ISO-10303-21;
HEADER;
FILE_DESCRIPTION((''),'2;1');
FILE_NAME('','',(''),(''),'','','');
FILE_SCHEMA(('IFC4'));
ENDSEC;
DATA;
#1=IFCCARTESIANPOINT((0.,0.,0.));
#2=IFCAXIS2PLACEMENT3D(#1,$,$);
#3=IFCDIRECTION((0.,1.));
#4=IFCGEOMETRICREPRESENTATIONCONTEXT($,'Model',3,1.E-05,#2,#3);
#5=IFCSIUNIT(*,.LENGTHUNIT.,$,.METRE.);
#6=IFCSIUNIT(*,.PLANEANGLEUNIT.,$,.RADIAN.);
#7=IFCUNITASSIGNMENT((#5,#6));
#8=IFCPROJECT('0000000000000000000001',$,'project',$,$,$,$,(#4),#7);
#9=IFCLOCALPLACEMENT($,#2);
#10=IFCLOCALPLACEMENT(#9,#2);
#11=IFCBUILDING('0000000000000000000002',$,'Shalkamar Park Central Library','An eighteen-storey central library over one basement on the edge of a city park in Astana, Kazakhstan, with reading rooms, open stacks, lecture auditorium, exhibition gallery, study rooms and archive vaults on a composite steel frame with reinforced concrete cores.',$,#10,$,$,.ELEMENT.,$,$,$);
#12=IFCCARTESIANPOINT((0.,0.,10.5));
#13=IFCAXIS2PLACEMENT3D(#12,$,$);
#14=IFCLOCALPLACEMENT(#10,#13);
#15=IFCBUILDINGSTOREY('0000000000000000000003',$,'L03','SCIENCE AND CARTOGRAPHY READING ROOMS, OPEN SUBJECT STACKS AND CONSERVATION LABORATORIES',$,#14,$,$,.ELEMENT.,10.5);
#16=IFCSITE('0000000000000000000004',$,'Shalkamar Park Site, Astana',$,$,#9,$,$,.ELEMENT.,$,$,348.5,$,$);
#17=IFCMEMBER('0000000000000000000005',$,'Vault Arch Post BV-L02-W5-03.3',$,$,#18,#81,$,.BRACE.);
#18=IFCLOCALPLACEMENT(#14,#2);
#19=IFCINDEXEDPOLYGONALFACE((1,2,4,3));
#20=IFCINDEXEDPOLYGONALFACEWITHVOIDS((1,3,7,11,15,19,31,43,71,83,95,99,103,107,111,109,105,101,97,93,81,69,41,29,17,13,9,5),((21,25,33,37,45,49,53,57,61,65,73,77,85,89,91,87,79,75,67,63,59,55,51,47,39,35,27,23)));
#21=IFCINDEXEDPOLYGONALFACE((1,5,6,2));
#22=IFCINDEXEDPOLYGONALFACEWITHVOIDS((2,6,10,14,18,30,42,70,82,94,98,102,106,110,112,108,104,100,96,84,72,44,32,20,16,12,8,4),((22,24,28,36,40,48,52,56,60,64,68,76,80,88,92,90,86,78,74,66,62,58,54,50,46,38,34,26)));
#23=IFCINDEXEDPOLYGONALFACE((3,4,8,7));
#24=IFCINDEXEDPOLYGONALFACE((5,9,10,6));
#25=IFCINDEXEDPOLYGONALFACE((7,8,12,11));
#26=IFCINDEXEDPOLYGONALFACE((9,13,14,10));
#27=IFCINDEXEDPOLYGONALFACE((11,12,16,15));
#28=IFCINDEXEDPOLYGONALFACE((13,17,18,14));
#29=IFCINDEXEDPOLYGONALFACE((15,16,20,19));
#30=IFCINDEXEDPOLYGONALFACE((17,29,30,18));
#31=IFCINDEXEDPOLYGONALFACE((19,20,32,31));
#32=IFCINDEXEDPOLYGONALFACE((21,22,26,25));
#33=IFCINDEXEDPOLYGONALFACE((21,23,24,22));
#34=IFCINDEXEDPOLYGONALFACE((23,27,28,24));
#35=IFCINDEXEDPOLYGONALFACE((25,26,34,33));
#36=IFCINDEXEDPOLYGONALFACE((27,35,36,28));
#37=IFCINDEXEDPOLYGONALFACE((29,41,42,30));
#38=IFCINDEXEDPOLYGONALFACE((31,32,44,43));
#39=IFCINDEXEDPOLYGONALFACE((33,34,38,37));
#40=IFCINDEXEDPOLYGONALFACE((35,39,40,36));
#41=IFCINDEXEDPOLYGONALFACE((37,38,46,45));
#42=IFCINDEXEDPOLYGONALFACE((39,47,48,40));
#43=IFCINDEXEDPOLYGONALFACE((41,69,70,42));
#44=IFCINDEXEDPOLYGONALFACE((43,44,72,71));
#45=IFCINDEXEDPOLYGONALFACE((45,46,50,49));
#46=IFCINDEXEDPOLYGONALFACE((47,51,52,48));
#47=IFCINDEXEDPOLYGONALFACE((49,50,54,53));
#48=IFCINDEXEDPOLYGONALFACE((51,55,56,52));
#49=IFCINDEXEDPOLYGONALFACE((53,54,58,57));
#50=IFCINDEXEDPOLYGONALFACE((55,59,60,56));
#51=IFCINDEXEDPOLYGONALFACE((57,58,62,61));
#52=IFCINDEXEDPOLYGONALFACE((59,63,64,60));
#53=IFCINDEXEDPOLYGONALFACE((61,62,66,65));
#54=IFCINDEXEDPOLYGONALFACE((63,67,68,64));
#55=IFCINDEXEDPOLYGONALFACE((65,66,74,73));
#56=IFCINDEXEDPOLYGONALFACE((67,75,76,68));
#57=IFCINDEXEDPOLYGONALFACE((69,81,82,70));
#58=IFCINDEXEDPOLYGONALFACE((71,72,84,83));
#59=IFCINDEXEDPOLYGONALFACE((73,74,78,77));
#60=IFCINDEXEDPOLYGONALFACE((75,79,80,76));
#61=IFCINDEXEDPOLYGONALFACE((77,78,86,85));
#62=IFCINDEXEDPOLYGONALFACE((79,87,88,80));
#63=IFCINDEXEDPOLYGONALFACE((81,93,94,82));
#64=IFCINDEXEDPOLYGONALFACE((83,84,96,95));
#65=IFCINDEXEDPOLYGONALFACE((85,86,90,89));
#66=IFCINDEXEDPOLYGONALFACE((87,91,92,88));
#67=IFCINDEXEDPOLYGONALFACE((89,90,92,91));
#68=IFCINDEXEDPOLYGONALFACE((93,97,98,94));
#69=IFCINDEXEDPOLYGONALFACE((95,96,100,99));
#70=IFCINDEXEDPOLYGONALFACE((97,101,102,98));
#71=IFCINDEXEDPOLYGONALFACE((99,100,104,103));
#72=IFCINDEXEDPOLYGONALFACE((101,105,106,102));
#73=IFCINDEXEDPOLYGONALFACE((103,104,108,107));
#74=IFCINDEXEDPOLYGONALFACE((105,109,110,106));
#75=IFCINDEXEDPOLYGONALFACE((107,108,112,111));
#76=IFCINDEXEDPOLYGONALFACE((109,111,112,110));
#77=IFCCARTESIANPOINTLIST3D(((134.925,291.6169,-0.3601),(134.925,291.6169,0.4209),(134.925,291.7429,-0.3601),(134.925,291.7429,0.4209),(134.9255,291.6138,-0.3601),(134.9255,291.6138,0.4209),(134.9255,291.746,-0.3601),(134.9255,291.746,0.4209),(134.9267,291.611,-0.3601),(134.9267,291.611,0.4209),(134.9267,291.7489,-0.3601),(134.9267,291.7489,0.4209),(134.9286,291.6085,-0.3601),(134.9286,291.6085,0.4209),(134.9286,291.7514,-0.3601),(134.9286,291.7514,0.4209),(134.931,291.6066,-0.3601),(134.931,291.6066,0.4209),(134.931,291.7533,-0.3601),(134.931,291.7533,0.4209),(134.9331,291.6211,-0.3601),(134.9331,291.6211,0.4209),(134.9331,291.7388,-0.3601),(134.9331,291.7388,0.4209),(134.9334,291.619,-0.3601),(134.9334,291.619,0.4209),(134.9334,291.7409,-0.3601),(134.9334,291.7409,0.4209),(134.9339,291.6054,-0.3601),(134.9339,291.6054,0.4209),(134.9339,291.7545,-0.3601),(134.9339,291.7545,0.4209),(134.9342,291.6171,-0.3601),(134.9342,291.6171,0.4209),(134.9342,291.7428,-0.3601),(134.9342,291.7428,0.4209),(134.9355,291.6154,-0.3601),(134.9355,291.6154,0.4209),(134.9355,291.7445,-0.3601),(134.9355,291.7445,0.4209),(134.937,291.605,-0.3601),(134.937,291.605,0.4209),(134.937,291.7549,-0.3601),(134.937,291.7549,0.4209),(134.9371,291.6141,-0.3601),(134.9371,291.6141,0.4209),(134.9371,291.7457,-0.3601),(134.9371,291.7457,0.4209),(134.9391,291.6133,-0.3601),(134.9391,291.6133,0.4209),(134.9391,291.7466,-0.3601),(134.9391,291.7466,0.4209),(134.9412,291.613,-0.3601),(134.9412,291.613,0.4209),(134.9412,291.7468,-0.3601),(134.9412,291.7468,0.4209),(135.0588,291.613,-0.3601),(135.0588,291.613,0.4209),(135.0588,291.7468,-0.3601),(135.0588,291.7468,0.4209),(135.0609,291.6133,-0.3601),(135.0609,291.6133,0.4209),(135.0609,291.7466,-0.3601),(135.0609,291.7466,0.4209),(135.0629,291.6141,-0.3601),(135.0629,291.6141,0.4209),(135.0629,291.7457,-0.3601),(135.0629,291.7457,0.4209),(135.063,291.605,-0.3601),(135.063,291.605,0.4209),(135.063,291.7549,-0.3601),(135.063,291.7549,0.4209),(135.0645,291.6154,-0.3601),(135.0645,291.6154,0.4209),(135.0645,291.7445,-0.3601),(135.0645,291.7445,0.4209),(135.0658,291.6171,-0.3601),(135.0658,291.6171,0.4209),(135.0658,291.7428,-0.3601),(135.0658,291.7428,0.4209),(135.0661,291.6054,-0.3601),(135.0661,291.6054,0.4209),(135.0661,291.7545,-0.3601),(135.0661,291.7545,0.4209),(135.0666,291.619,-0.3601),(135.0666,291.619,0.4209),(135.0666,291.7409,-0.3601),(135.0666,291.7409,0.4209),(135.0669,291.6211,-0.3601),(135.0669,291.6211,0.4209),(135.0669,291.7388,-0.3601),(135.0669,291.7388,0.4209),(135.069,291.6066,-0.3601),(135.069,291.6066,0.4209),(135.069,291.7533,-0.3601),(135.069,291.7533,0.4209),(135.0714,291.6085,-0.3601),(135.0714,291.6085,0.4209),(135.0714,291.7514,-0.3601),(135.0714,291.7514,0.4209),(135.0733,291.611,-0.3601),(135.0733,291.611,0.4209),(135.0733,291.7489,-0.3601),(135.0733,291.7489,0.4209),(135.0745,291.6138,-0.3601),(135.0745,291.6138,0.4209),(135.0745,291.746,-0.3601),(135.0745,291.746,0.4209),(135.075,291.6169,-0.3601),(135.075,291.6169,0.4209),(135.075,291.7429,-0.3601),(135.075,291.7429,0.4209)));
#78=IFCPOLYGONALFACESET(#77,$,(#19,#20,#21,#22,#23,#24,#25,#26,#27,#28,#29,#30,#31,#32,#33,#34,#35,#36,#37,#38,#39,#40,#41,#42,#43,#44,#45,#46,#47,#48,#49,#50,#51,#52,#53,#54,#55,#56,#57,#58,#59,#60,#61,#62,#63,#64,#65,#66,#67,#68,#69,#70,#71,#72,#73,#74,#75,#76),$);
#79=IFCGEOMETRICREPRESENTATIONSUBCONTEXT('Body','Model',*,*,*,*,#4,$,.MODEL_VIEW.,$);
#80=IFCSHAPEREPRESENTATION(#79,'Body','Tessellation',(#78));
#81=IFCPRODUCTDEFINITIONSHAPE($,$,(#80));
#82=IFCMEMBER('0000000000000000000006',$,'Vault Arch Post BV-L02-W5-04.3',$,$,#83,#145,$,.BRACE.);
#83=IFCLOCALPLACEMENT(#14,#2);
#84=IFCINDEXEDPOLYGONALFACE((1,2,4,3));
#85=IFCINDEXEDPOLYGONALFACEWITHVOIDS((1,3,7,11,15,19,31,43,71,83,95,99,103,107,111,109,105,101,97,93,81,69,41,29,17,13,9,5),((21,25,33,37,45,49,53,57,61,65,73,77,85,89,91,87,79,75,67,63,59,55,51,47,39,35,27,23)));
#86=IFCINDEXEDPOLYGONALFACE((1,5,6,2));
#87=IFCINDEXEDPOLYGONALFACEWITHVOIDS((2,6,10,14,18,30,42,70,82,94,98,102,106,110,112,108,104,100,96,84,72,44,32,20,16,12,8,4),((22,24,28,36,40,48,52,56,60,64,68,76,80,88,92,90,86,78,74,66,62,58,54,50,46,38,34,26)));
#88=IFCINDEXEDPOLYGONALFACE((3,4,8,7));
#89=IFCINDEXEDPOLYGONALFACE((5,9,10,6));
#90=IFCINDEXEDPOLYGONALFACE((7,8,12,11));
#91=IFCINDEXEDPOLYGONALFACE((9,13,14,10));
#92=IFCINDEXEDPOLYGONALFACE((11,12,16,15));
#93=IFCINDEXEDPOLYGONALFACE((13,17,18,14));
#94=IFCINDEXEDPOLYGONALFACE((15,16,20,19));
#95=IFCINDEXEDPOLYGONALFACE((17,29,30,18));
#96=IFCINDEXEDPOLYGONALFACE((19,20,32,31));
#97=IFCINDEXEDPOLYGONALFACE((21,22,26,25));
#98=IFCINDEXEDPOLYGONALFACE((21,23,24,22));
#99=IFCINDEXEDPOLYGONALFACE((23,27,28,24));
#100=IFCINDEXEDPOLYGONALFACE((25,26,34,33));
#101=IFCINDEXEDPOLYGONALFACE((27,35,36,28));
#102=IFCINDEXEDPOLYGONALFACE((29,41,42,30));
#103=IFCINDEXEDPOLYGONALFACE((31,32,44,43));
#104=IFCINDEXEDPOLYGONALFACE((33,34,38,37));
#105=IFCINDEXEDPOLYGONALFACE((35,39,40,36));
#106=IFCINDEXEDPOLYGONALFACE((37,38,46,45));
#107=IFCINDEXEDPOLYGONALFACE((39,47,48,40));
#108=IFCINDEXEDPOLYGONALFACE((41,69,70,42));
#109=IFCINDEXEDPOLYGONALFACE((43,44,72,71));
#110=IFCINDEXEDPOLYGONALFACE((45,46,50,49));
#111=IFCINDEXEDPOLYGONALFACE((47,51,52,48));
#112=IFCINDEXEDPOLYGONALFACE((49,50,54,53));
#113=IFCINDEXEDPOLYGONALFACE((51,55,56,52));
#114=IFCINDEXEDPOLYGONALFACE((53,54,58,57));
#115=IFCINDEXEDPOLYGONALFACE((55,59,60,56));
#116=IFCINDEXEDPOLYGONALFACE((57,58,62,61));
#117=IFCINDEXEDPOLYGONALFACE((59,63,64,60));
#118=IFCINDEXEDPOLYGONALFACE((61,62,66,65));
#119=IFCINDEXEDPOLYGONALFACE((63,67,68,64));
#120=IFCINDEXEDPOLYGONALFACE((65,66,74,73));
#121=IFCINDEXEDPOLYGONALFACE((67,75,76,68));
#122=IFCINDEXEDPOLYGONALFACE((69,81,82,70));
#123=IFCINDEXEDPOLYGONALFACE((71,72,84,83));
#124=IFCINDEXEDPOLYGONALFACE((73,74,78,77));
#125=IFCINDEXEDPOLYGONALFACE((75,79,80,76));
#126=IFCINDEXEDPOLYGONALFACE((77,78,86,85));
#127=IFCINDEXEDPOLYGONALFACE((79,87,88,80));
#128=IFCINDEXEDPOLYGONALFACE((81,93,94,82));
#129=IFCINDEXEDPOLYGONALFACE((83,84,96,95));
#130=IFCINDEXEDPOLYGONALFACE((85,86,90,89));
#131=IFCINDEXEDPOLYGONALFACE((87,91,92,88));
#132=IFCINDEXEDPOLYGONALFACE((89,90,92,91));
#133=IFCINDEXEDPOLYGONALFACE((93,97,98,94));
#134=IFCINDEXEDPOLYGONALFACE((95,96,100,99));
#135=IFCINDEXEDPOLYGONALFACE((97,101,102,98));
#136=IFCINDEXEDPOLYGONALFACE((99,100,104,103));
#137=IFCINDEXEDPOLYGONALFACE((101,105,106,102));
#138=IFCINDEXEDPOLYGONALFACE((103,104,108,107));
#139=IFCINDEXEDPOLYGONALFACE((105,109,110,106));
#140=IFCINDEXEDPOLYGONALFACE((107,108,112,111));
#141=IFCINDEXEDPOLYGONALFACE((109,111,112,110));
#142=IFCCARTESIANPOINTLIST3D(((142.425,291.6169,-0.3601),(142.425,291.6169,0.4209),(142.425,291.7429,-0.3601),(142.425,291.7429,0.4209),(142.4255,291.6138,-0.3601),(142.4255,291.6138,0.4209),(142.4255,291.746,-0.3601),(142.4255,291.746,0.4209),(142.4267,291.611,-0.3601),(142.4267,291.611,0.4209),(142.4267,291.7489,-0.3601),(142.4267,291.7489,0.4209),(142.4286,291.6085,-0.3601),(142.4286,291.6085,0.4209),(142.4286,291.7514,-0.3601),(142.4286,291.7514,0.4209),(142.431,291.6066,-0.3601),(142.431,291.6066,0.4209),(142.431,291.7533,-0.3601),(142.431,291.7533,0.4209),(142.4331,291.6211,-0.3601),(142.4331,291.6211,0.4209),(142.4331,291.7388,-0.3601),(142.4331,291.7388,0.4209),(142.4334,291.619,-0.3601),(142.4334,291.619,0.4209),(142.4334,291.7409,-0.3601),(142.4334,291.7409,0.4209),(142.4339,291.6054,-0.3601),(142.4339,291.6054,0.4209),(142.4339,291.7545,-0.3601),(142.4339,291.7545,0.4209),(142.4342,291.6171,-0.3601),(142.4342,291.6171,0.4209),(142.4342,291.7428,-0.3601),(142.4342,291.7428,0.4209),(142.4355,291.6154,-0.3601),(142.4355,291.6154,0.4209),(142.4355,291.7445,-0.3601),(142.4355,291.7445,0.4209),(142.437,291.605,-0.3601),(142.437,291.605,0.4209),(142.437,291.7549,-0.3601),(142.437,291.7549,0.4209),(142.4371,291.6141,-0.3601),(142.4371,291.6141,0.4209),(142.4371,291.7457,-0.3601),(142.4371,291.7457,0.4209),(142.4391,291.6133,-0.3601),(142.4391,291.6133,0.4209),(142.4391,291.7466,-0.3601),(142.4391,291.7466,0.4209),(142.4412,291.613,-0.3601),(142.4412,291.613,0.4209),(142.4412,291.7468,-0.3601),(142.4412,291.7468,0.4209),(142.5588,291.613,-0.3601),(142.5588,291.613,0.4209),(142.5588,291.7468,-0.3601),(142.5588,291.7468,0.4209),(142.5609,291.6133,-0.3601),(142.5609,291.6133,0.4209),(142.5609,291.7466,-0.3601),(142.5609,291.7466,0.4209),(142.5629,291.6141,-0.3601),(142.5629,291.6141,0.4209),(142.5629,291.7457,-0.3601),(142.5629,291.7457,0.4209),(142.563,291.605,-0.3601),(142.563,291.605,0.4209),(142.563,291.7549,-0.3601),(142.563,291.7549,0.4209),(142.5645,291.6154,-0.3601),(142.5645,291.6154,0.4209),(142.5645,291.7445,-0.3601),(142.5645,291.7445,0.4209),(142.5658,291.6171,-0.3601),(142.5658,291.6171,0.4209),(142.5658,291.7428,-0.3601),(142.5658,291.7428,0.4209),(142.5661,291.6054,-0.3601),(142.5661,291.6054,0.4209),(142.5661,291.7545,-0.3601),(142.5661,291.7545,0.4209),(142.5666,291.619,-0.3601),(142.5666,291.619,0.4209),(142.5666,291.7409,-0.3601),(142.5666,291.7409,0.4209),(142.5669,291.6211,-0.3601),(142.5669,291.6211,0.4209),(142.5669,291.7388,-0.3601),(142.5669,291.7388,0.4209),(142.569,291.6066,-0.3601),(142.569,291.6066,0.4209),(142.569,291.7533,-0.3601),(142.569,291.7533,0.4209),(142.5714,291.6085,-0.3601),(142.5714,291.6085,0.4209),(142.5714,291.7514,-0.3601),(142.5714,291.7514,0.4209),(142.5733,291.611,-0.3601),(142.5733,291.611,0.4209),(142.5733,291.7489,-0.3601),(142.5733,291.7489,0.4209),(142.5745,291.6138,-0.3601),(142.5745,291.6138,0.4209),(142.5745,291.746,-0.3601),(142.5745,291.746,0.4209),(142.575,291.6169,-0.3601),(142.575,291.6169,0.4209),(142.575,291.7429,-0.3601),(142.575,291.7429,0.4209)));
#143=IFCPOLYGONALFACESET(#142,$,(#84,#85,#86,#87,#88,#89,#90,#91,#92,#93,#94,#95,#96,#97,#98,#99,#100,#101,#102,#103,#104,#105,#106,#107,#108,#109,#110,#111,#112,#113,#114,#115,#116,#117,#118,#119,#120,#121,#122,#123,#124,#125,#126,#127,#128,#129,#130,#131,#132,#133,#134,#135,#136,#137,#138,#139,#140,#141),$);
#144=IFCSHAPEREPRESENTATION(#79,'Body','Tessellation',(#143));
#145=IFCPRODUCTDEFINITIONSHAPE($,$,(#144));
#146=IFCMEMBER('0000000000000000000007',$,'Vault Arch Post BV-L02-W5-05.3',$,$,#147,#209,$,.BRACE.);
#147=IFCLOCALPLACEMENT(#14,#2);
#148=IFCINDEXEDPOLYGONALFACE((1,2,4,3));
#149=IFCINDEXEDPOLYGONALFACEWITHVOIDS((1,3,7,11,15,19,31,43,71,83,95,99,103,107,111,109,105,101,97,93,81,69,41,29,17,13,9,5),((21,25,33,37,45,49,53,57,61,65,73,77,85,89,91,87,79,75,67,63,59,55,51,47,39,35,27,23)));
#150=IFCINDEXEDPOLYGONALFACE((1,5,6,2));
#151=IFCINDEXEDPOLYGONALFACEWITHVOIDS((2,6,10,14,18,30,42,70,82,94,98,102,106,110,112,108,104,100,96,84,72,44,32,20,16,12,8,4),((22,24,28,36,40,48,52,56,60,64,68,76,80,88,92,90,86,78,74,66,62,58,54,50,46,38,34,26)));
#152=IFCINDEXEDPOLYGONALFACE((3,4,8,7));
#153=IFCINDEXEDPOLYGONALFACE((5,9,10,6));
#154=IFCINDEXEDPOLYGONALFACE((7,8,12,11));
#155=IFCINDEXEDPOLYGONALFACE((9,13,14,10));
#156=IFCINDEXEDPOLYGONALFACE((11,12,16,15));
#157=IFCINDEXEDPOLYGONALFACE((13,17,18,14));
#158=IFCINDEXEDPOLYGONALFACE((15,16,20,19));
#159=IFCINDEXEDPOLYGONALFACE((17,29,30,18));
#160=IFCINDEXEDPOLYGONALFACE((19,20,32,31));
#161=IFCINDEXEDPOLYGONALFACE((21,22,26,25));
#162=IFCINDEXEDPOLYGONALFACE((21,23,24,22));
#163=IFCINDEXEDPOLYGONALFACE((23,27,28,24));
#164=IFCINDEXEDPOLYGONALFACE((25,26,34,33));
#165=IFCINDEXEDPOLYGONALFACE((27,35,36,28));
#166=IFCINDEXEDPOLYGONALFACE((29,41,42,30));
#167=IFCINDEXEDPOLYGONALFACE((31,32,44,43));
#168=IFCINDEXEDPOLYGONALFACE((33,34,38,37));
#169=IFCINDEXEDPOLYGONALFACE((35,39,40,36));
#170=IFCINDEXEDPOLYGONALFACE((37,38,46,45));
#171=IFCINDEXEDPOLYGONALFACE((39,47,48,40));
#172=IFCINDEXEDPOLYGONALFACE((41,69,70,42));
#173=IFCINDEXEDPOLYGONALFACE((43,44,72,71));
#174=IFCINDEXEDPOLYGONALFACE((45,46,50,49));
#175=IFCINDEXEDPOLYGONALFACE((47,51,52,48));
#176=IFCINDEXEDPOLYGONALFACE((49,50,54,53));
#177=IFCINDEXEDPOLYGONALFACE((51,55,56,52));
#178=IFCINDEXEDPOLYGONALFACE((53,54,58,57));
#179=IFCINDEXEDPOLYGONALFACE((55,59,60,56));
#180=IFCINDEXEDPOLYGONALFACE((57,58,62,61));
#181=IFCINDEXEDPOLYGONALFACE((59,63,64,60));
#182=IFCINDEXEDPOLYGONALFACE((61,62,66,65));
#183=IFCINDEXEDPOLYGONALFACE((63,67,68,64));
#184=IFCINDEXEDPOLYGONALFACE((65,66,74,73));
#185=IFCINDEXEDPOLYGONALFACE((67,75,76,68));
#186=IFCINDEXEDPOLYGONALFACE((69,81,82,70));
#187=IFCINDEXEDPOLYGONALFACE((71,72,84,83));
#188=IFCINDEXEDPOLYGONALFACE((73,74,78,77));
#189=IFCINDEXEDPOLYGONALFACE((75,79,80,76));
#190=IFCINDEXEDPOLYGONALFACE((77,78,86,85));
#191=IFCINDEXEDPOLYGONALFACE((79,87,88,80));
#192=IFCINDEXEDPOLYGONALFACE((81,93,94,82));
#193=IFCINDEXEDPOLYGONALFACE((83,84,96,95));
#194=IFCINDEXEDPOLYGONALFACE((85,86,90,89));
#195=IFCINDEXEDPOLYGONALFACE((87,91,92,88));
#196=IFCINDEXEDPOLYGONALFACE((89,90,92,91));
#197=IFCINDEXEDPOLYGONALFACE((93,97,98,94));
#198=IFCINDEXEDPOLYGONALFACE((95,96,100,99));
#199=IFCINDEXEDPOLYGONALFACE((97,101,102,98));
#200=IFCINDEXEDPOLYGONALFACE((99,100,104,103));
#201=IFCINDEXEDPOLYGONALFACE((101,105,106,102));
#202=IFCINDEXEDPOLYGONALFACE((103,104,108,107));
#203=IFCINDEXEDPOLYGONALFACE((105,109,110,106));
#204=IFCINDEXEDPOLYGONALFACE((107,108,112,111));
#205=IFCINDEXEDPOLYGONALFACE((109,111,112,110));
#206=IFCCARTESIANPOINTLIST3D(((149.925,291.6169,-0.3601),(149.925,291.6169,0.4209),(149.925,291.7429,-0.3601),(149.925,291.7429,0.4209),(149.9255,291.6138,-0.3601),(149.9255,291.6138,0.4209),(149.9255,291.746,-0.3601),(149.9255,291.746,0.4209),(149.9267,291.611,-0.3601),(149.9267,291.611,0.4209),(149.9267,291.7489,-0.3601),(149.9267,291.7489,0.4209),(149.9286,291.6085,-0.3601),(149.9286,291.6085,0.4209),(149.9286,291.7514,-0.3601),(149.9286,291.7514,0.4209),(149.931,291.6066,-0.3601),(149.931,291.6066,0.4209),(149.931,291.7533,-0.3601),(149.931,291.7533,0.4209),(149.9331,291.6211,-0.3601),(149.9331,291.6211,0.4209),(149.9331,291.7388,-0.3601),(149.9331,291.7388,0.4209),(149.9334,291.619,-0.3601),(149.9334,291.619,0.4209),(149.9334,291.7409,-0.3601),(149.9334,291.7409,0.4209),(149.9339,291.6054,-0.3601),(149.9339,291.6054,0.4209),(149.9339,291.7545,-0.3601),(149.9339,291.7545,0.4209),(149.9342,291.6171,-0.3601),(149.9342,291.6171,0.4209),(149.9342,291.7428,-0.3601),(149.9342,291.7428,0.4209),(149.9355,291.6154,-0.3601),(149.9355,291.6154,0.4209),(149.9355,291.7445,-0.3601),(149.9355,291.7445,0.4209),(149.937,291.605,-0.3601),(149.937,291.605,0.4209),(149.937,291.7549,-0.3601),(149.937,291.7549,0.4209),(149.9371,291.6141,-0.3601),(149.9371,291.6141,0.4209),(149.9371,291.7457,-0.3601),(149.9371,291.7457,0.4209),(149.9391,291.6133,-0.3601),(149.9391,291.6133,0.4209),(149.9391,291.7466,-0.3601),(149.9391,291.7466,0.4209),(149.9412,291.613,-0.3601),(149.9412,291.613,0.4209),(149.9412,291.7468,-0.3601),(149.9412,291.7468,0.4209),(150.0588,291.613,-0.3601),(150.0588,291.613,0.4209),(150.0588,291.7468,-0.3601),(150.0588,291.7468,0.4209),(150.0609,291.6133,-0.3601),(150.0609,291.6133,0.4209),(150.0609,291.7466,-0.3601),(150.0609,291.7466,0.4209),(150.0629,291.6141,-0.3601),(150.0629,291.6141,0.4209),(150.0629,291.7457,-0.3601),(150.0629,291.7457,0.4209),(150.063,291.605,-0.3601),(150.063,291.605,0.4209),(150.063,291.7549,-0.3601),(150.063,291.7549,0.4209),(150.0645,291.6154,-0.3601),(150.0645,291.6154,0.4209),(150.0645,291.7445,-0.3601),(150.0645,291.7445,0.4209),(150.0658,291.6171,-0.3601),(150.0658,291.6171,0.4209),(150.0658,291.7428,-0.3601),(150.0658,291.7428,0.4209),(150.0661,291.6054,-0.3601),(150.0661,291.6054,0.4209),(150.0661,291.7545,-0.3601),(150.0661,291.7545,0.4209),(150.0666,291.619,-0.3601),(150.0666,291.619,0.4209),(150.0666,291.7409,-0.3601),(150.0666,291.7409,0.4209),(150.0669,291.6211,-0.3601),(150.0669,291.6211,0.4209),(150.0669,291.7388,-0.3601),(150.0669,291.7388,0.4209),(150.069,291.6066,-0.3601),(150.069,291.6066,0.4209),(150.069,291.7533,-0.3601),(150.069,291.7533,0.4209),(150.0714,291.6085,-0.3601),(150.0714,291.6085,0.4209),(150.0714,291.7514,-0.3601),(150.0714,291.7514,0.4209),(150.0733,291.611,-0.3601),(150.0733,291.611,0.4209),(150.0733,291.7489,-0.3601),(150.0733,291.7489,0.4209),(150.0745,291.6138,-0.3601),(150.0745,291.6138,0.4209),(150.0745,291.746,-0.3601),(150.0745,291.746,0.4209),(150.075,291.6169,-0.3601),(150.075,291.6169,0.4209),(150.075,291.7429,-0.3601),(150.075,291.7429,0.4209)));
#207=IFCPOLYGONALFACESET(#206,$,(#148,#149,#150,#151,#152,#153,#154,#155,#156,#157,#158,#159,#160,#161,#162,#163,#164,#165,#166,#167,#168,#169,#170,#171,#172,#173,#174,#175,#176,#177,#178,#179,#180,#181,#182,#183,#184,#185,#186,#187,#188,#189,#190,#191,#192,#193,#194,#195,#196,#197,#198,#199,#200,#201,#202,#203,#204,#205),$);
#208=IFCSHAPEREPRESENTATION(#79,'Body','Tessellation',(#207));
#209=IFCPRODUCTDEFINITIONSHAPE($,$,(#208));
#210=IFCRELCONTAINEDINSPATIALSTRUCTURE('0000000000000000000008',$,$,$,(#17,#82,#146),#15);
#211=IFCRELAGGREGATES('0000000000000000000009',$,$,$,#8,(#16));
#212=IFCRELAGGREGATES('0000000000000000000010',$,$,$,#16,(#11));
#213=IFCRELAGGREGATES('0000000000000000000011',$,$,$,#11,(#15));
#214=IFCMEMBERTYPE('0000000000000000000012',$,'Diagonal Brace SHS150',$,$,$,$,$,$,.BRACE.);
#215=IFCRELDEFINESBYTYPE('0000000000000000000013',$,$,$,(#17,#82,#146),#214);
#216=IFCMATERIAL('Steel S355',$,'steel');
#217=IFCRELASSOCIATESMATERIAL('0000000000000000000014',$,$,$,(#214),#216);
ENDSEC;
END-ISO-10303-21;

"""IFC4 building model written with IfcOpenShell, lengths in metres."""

from ifc_helpers import new_model, si_unit, direction, frame, origin, origin_2d, place, context, subcontext, project, spatial, hollow_rectangle, extrude, material, material_profile, profile_set, type_object, element, save


model = new_model("IFC4")

# Units and contexts
model_context = context("Model", 3, precision=1e-05, world=origin(), true_north=direction((0.0, 1.0)))
body_context = subcontext(model_context, "Body", "Model", "MODEL_VIEW")
ifc_project = project(units=[si_unit("LENGTHUNIT", "METRE"), si_unit("PLANEANGLEUNIT", "RADIAN")], contexts=[model_context])

# Site, building, storey
site_placement = place(None, origin())
site = spatial("IfcSite", under=ifc_project, at=site_placement, Name="Shalkamar Park Site, Astana", CompositionType="ELEMENT", RefElevation=348.5)
building_placement = place(site_placement, origin())
building = spatial("IfcBuilding", under=site, at=building_placement, Name="Shalkamar Park Central Library", Description="An eighteen-storey central library over one basement on the edge of a city park in Astana, Kazakhstan, with reading rooms, open stacks, lecture auditorium, exhibition gallery, study rooms and archive vaults on a composite steel frame with reinforced concrete cores.", CompositionType="ELEMENT")
storey_placement = place(building_placement, frame((0.0, 0.0, 10.5)))
storey = spatial("IfcBuildingStorey", under=building, at=storey_placement, Name="L03", Description="SCIENCE AND CARTOGRAPHY READING ROOMS, OPEN SUBJECT STACKS AND CONSERVATION LABORATORIES", CompositionType="ELEMENT", Elevation=10.5)

# Members
ifc_material_1 = material(Name="Steel S355", Category="steel")
ifc_material_profile_1 = material_profile(ifc_material_1, hollow_rectangle(XDim=0.1499, YDim=0.1499, WallThickness=0.0081, InnerFilletRadius=0.0081, OuterFilletRadius=0.012, at=origin_2d()), Name="SHS 150x150x8")
ifc_profile_set_1 = profile_set([ifc_material_profile_1], Name="Steel S355")
member_type_1 = type_object("IfcMemberType", Name="Diagonal Brace SHS150", PredefinedType="BRACE", material=ifc_profile_set_1)
for number, where, z_axis, x_axis, name in (
    (1, (135.0, 291.6799, -0.3601), (0.0, 0.0, 1.0), (1.0, 0.0, 0.0), "Vault Arch Post BV-L02-W5-03.3"),
    (2, (142.5, 291.6799, -0.3601), (0.0, 0.0, 1.0), (1.0, 0.0, 0.0), "Vault Arch Post BV-L02-W5-04.3"),
    (3, (150.0, 291.6799, -0.3601), (0.0, 0.0, 1.0), (1.0, 0.0, 0.0), "Vault Arch Post BV-L02-W5-05.3"),
):
    element("IfcMember", number, at=place(storey_placement, frame(where, z_axis=z_axis, x_axis=x_axis)), inside=storey, type_object=member_type_1, Name=name, PredefinedType="BRACE", context=body_context, shape_type="SweptSolid", body=[
        extrude(hollow_rectangle(XDim=0.1499, YDim=0.1499, WallThickness=0.0081, InnerFilletRadius=0.0081, OuterFilletRadius=0.012, at=origin_2d()), origin(), (0.0, 0.0, 1.0), 0.781),
    ])

save(model, "model.ifc")
